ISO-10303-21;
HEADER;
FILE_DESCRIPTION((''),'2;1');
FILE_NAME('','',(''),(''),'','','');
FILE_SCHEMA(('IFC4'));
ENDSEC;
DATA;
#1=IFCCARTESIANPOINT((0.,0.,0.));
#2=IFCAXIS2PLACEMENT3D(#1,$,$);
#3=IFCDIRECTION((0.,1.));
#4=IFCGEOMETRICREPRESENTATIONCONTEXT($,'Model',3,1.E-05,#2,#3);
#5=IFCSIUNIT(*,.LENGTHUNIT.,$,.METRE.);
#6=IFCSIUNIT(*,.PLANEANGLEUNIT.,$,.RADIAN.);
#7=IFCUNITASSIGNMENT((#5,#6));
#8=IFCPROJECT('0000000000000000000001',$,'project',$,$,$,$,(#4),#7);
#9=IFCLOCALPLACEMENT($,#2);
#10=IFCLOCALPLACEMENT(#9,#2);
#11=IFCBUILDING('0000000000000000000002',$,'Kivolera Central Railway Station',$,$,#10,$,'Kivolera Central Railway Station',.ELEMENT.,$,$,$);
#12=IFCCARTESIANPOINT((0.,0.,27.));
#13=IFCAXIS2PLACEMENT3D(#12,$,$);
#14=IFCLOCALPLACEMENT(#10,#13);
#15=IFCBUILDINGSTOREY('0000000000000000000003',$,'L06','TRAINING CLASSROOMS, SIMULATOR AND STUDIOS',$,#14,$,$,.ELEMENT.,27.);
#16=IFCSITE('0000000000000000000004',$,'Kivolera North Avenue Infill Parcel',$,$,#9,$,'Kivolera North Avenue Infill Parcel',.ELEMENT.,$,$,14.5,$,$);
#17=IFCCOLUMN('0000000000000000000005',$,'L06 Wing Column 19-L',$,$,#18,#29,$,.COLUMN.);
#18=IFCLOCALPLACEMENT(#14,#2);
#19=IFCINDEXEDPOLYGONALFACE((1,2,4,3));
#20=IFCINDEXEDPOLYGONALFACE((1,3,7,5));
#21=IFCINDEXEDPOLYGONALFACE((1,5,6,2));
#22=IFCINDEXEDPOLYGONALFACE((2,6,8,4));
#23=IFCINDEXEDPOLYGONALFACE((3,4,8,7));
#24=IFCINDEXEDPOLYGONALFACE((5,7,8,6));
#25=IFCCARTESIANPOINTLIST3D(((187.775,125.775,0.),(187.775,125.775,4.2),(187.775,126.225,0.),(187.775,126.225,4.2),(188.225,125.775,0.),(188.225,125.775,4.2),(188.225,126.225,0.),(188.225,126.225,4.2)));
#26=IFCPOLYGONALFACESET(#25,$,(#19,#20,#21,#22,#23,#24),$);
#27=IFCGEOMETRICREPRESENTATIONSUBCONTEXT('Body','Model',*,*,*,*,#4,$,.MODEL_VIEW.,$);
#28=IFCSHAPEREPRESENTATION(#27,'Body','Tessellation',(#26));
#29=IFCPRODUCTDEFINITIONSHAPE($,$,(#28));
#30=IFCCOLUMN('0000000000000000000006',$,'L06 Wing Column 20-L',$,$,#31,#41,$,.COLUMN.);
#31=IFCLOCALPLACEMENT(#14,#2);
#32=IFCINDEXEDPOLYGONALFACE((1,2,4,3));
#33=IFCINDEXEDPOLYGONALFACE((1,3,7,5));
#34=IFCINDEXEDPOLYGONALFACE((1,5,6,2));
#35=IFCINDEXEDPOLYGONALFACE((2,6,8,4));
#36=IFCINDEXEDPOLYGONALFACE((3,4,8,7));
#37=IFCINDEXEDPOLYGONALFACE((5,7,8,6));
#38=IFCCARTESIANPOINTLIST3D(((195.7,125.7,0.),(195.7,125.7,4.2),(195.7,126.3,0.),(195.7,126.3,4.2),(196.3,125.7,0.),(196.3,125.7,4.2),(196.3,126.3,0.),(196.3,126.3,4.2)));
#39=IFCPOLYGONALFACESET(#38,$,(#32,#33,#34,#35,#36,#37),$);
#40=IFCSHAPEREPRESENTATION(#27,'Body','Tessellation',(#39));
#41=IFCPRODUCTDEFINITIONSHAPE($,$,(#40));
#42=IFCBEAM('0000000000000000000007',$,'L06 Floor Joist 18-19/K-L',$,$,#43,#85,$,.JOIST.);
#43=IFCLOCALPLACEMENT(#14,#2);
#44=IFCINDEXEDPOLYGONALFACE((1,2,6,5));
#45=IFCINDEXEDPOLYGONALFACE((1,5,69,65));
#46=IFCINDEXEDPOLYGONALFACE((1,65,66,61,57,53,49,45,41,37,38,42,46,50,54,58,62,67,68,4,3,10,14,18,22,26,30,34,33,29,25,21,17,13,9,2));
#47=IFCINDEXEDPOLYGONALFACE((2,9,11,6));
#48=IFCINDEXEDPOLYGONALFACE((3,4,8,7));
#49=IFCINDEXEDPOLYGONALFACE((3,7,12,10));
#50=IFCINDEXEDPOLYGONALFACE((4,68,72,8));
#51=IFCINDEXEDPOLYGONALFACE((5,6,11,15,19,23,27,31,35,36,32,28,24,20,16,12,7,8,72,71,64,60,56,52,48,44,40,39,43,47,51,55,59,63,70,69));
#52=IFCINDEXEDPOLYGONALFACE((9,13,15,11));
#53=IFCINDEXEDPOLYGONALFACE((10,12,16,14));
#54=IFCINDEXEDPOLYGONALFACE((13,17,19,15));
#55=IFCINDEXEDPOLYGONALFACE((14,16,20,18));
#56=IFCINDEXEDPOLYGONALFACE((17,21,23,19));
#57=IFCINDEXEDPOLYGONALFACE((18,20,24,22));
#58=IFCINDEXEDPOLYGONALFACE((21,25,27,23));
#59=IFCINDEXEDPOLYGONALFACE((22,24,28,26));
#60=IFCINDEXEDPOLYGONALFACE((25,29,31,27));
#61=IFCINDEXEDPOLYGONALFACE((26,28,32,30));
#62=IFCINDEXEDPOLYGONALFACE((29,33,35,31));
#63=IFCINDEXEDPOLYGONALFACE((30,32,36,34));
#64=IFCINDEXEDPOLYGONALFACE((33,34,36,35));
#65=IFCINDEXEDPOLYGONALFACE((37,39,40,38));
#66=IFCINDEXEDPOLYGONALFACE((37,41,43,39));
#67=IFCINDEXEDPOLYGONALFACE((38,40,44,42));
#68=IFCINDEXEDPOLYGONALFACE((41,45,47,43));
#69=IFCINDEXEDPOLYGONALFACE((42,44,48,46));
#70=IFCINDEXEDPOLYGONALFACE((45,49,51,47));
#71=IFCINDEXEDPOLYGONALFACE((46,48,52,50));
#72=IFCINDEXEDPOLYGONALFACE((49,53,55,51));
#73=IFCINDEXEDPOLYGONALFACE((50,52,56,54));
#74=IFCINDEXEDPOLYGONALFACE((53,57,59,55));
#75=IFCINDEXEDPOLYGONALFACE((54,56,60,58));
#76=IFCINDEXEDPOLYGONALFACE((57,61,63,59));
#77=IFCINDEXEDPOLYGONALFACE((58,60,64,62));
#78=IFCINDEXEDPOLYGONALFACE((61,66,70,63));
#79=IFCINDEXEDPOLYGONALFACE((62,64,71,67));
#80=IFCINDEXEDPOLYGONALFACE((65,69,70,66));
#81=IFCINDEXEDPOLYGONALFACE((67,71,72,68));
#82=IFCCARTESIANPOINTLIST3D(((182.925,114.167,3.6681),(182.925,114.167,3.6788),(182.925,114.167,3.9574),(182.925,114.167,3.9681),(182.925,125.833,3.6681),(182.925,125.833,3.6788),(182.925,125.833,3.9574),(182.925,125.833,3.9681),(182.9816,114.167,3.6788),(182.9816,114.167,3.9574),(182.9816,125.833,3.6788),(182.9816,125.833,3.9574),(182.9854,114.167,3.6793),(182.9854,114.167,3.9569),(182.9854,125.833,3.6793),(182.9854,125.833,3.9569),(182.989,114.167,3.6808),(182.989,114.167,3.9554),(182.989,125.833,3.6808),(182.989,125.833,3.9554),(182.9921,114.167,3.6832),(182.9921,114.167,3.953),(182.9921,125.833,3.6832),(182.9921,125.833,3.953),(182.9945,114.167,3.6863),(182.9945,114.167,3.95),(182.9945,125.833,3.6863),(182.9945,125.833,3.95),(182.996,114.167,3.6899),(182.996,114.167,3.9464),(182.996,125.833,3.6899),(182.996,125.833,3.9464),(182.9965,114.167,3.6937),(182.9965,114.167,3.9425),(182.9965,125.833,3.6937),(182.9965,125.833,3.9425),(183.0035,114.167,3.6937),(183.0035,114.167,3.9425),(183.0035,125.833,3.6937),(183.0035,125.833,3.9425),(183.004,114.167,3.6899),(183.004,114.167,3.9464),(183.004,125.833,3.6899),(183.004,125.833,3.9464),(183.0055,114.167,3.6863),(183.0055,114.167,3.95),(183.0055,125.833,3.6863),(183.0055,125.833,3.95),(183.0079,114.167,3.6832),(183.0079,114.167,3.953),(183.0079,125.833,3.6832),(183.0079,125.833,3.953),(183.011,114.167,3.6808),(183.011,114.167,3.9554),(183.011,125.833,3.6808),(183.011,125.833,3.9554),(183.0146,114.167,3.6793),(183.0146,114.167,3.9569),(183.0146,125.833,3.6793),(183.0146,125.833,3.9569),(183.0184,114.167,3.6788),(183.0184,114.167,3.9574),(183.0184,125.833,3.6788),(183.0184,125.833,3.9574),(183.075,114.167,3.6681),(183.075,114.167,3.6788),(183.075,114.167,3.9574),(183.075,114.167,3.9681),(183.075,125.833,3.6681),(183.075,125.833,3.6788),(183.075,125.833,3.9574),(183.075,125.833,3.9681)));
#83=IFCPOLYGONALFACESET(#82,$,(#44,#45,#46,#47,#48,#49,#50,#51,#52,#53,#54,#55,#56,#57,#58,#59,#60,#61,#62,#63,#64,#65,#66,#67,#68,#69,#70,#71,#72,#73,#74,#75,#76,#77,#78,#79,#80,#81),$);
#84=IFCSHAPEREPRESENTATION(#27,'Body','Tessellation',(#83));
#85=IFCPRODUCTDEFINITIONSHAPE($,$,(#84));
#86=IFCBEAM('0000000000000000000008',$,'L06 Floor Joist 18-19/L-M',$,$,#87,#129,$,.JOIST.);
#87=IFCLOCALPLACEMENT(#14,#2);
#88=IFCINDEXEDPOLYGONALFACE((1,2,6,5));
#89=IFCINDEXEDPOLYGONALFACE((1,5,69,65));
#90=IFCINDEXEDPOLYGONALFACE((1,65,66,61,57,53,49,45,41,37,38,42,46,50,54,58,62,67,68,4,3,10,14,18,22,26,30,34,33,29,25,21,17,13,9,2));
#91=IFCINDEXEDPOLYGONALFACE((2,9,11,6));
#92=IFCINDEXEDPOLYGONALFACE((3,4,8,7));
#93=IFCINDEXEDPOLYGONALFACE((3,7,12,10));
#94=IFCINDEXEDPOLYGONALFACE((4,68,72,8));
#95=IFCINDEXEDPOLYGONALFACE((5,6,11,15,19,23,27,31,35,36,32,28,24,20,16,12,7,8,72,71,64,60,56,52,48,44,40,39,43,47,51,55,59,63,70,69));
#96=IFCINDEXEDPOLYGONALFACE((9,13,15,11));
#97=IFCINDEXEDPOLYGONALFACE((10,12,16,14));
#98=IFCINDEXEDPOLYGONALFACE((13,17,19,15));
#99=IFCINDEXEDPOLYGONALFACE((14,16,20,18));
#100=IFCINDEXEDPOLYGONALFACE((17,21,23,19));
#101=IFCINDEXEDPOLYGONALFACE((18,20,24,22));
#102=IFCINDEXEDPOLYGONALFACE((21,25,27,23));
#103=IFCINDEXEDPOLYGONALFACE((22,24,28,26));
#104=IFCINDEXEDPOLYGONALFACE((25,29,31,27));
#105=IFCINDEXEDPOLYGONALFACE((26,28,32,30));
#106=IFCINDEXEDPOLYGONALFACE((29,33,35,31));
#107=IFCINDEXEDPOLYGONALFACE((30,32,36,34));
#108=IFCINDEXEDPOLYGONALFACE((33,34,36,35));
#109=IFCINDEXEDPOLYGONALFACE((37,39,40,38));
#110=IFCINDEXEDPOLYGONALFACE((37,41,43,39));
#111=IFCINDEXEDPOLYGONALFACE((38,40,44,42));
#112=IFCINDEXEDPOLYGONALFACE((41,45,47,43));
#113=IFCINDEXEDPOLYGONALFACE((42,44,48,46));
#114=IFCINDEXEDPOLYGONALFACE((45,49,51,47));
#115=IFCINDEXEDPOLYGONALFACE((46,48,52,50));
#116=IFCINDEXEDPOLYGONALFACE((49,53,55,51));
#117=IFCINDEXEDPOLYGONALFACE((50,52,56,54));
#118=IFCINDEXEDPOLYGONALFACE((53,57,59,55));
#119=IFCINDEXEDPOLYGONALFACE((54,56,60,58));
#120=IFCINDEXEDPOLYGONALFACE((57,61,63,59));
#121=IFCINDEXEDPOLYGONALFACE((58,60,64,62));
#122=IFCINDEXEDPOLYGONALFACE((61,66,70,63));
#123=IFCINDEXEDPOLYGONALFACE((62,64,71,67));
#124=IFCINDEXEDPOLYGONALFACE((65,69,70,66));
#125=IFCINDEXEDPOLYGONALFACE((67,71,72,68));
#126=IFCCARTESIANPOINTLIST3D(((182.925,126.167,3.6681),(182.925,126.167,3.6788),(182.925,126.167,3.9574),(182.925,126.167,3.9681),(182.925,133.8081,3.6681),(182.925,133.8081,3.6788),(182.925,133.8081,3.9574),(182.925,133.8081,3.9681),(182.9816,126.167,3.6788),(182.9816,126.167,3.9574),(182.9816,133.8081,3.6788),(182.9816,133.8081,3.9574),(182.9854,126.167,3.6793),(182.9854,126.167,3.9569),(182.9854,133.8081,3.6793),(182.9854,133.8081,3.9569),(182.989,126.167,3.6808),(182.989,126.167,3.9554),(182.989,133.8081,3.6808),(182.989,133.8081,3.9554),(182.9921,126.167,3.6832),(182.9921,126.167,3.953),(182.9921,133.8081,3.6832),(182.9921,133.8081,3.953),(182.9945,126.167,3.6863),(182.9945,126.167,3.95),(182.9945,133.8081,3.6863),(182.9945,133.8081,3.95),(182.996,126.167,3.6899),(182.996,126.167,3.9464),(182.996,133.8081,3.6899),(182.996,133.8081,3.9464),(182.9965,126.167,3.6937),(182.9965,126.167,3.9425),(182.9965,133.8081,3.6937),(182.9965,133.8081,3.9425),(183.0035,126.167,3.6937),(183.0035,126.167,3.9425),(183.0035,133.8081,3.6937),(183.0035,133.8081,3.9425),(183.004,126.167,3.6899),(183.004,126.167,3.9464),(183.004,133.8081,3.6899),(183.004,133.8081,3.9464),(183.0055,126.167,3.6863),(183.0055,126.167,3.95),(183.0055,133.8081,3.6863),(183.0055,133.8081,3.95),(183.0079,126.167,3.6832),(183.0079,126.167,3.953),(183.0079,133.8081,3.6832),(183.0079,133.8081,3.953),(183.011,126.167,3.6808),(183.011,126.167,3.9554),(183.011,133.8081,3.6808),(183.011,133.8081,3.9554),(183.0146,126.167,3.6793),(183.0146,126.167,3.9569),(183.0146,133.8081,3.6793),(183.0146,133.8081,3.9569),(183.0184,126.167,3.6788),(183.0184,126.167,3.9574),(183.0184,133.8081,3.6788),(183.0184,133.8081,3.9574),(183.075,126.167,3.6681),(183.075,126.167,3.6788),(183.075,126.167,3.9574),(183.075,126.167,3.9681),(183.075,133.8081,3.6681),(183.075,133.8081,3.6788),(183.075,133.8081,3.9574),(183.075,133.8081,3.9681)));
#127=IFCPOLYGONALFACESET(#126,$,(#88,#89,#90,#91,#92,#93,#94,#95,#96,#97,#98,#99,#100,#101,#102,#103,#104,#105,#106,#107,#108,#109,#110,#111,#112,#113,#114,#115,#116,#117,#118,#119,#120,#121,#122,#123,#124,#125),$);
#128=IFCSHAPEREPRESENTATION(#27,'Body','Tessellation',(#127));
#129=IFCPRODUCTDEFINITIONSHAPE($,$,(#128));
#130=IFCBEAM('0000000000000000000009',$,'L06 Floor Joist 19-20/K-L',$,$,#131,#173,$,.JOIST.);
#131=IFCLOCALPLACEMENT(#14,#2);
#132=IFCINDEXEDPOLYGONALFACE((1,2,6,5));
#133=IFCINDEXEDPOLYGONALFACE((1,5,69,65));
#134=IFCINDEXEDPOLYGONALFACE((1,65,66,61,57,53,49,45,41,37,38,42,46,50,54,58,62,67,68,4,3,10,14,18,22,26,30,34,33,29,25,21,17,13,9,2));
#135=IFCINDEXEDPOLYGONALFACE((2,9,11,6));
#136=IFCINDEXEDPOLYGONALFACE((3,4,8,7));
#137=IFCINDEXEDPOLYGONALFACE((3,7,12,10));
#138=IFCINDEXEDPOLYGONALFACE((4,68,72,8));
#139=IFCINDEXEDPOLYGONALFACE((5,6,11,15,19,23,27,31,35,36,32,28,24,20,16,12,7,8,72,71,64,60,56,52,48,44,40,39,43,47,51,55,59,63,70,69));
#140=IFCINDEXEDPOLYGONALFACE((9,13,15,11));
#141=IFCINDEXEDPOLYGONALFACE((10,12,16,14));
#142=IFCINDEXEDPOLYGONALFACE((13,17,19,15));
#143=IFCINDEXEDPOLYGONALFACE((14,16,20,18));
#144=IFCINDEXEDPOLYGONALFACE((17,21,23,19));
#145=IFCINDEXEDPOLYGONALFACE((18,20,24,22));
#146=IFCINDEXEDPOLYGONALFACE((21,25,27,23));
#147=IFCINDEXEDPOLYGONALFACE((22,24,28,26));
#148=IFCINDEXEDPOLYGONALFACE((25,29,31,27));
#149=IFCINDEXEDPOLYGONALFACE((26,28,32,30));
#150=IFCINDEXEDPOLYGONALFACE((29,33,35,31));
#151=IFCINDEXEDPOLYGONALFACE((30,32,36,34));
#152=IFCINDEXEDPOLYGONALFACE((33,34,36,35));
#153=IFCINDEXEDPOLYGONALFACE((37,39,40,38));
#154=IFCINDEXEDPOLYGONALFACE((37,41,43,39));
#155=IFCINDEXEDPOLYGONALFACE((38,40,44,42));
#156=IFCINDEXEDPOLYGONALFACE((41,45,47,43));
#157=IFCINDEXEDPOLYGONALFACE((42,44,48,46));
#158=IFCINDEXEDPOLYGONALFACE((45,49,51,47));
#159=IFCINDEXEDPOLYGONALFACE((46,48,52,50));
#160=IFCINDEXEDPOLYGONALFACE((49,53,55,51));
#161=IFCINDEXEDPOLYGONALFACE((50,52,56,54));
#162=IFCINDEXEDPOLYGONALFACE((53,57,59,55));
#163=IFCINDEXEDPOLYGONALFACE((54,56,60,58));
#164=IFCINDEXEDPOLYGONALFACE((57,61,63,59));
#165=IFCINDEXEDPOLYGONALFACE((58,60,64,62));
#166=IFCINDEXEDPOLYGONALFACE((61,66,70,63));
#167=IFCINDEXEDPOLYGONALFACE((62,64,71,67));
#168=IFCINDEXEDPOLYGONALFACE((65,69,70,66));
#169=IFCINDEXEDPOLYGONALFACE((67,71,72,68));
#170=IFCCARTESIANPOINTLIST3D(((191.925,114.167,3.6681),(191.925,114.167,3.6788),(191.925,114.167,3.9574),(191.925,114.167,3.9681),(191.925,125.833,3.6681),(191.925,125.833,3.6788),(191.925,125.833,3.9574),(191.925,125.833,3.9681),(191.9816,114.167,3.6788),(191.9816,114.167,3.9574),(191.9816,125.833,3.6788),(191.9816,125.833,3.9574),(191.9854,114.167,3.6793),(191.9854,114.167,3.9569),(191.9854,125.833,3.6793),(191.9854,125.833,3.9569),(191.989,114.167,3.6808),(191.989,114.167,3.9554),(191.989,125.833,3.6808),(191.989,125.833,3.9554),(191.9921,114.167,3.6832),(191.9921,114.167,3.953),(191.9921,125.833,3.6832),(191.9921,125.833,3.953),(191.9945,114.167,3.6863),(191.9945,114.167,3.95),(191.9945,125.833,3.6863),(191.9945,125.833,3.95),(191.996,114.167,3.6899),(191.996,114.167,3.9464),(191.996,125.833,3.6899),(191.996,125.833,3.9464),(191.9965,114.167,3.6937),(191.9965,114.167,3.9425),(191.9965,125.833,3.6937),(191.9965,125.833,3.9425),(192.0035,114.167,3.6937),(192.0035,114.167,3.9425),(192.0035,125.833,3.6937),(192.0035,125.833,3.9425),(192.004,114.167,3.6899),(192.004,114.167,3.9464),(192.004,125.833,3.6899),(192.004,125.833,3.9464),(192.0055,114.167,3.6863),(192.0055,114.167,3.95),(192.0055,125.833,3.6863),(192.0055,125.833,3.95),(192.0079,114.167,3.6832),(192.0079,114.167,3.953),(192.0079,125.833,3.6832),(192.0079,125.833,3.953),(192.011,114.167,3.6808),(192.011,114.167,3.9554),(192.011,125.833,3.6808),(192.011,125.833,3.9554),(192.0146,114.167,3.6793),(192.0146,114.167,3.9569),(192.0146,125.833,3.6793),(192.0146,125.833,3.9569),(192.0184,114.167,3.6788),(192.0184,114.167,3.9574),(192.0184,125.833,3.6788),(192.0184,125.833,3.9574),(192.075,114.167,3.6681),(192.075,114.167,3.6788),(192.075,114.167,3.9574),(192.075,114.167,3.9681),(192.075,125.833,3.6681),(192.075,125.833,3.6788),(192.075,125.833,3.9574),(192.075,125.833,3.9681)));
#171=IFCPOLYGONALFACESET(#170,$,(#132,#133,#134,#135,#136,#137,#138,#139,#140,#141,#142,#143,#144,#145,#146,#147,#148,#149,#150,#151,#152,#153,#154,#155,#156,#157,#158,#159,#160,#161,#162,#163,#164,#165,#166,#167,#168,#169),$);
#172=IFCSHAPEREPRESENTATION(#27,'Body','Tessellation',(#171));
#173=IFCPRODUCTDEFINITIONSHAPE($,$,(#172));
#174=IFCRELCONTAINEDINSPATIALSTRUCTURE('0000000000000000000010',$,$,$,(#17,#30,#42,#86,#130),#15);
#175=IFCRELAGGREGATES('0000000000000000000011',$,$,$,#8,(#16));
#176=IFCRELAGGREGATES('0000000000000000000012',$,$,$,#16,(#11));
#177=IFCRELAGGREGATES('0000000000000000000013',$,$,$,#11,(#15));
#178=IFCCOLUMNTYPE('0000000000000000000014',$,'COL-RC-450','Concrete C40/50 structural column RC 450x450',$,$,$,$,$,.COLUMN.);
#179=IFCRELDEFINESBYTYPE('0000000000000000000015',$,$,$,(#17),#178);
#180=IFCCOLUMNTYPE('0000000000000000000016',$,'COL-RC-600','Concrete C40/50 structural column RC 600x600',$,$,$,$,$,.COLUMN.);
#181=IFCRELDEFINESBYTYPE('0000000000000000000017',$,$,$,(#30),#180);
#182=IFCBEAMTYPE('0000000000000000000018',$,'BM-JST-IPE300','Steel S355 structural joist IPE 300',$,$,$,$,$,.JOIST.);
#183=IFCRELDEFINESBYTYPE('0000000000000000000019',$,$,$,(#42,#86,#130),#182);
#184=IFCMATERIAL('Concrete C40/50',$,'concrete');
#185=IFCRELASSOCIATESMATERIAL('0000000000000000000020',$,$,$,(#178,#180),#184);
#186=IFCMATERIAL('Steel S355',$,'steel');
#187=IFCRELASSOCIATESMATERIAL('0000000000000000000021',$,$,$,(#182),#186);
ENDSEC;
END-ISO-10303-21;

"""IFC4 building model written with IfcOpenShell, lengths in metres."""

from ifc_helpers import new_model, si_unit, direction, frame, origin, origin_2d, place, context, subcontext, project, spatial, rectangle, i_section, extrude, material, material_profile, profile_set, type_object, element, save


model = new_model("IFC4")

# Units and contexts
model_context = context("Model", 3, precision=1e-05, world=origin(), true_north=direction((0.0, 1.0)))
body_context = subcontext(model_context, "Body", "Model", "MODEL_VIEW")
ifc_project = project(units=[si_unit("LENGTHUNIT", "METRE"), si_unit("PLANEANGLEUNIT", "RADIAN")], contexts=[model_context])

# Site, building, storey
site_placement = place(None, origin())
site = spatial("IfcSite", under=ifc_project, at=site_placement, Name="Kivolera North Avenue Infill Parcel", LongName="Kivolera North Avenue Infill Parcel", CompositionType="ELEMENT", RefElevation=14.5)
building_placement = place(site_placement, origin())
building = spatial("IfcBuilding", under=site, at=building_placement, Name="Kivolera Central Railway Station", LongName="Kivolera Central Railway Station", CompositionType="ELEMENT")
storey_placement = place(building_placement, frame((0.0, 0.0, 27.0)))
storey = spatial("IfcBuildingStorey", under=building, at=storey_placement, Name="L06", Description="TRAINING CLASSROOMS, SIMULATOR AND STUDIOS", CompositionType="ELEMENT", Elevation=27.0)

# Columns
ifc_material_1 = material(Name="Concrete C40/50", Category="concrete")
ifc_material_profile_1 = material_profile(ifc_material_1, rectangle(XDim=0.45, YDim=0.45, at=origin_2d()), Name="RC 450x450")
ifc_profile_set_1 = profile_set([ifc_material_profile_1], Name="Concrete C40/50")
column_type_1 = type_object("IfcColumnType", Name="COL-RC-450", Description="Concrete C40/50 structural column RC 450x450", PredefinedType="COLUMN", material=ifc_profile_set_1)
column_1_placement = place(storey_placement, frame((188.0, 126.0, 0.0), z_axis=(0.0, 0.0, 1.0), x_axis=(1.0, 0.0, 0.0)))
element("IfcColumn", 1, at=column_1_placement, inside=storey, type_object=column_type_1, Name="L06 Wing Column 19-L", PredefinedType="COLUMN", context=body_context, shape_type="SweptSolid", body=[
    extrude(rectangle(XDim=0.45, YDim=0.45, at=origin_2d()), origin(), (0.0, 0.0, 1.0), 4.2),
])
ifc_material_profile_2 = material_profile(ifc_material_1, rectangle(XDim=0.6001, YDim=0.6001, at=origin_2d()), Name="RC 600x600")
ifc_profile_set_2 = profile_set([ifc_material_profile_2], Name="Concrete C40/50")
column_type_2 = type_object("IfcColumnType", Name="COL-RC-600", Description="Concrete C40/50 structural column RC 600x600", PredefinedType="COLUMN", material=ifc_profile_set_2)
column_2_placement = place(storey_placement, frame((196.0, 126.0, 0.0), z_axis=(0.0, 0.0, 1.0), x_axis=(1.0, 0.0, 0.0)))
element("IfcColumn", 2, at=column_2_placement, inside=storey, type_object=column_type_2, Name="L06 Wing Column 20-L", PredefinedType="COLUMN", context=body_context, shape_type="SweptSolid", body=[
    extrude(rectangle(XDim=0.6001, YDim=0.6001, at=origin_2d()), origin(), (0.0, 0.0, 1.0), 4.2),
])

# Beams
ifc_material_2 = material(Name="Steel S355", Category="steel")
ifc_material_profile_3 = material_profile(ifc_material_2, i_section(OverallWidth=0.1499, OverallDepth=0.3, WebThickness=0.0071, FlangeThickness=0.0107, FilletRadius=0.0149, at=origin_2d()), Name="IPE 300")
ifc_profile_set_3 = profile_set([ifc_material_profile_3], Name="Steel S355")
beam_type_1 = type_object("IfcBeamType", Name="BM-JST-IPE300", Description="Steel S355 structural joist IPE 300", PredefinedType="JOIST", material=ifc_profile_set_3)
beam_1_placement = place(storey_placement, frame((183.0, 114.167, 3.8181), z_axis=(0.0, 1.0, 0.0), x_axis=(-1.0, 0.0, 0.0)))
element("IfcBeam", 3, at=beam_1_placement, inside=storey, type_object=beam_type_1, Name="L06 Floor Joist 18-19/K-L", PredefinedType="JOIST", context=body_context, shape_type="SweptSolid", body=[
    extrude(i_section(OverallWidth=0.1499, OverallDepth=0.3, WebThickness=0.0071, FlangeThickness=0.0107, FilletRadius=0.0149, at=origin_2d()), origin(), (0.0, 0.0, 1.0), 11.666),
])
beam_2_placement = place(storey_placement, frame((183.0, 126.167, 3.8181), z_axis=(0.0, 1.0, 0.0), x_axis=(-1.0, 0.0, 0.0)))
element("IfcBeam", 4, at=beam_2_placement, inside=storey, type_object=beam_type_1, Name="L06 Floor Joist 18-19/L-M", PredefinedType="JOIST", context=body_context, shape_type="SweptSolid", body=[
    extrude(i_section(OverallWidth=0.1499, OverallDepth=0.3, WebThickness=0.0071, FlangeThickness=0.0107, FilletRadius=0.0149, at=origin_2d()), origin(), (0.0, 0.0, 1.0), 7.6411),
])
beam_3_placement = place(storey_placement, frame((192.0, 114.167, 3.8181), z_axis=(0.0, 1.0, 0.0), x_axis=(-1.0, 0.0, 0.0)))
element("IfcBeam", 5, at=beam_3_placement, inside=storey, type_object=beam_type_1, Name="L06 Floor Joist 19-20/K-L", PredefinedType="JOIST", context=body_context, shape_type="SweptSolid", body=[
    extrude(i_section(OverallWidth=0.1499, OverallDepth=0.3, WebThickness=0.0071, FlangeThickness=0.0107, FilletRadius=0.0149, at=origin_2d()), origin(), (0.0, 0.0, 1.0), 11.666),
])

save(model, "model.ifc")
